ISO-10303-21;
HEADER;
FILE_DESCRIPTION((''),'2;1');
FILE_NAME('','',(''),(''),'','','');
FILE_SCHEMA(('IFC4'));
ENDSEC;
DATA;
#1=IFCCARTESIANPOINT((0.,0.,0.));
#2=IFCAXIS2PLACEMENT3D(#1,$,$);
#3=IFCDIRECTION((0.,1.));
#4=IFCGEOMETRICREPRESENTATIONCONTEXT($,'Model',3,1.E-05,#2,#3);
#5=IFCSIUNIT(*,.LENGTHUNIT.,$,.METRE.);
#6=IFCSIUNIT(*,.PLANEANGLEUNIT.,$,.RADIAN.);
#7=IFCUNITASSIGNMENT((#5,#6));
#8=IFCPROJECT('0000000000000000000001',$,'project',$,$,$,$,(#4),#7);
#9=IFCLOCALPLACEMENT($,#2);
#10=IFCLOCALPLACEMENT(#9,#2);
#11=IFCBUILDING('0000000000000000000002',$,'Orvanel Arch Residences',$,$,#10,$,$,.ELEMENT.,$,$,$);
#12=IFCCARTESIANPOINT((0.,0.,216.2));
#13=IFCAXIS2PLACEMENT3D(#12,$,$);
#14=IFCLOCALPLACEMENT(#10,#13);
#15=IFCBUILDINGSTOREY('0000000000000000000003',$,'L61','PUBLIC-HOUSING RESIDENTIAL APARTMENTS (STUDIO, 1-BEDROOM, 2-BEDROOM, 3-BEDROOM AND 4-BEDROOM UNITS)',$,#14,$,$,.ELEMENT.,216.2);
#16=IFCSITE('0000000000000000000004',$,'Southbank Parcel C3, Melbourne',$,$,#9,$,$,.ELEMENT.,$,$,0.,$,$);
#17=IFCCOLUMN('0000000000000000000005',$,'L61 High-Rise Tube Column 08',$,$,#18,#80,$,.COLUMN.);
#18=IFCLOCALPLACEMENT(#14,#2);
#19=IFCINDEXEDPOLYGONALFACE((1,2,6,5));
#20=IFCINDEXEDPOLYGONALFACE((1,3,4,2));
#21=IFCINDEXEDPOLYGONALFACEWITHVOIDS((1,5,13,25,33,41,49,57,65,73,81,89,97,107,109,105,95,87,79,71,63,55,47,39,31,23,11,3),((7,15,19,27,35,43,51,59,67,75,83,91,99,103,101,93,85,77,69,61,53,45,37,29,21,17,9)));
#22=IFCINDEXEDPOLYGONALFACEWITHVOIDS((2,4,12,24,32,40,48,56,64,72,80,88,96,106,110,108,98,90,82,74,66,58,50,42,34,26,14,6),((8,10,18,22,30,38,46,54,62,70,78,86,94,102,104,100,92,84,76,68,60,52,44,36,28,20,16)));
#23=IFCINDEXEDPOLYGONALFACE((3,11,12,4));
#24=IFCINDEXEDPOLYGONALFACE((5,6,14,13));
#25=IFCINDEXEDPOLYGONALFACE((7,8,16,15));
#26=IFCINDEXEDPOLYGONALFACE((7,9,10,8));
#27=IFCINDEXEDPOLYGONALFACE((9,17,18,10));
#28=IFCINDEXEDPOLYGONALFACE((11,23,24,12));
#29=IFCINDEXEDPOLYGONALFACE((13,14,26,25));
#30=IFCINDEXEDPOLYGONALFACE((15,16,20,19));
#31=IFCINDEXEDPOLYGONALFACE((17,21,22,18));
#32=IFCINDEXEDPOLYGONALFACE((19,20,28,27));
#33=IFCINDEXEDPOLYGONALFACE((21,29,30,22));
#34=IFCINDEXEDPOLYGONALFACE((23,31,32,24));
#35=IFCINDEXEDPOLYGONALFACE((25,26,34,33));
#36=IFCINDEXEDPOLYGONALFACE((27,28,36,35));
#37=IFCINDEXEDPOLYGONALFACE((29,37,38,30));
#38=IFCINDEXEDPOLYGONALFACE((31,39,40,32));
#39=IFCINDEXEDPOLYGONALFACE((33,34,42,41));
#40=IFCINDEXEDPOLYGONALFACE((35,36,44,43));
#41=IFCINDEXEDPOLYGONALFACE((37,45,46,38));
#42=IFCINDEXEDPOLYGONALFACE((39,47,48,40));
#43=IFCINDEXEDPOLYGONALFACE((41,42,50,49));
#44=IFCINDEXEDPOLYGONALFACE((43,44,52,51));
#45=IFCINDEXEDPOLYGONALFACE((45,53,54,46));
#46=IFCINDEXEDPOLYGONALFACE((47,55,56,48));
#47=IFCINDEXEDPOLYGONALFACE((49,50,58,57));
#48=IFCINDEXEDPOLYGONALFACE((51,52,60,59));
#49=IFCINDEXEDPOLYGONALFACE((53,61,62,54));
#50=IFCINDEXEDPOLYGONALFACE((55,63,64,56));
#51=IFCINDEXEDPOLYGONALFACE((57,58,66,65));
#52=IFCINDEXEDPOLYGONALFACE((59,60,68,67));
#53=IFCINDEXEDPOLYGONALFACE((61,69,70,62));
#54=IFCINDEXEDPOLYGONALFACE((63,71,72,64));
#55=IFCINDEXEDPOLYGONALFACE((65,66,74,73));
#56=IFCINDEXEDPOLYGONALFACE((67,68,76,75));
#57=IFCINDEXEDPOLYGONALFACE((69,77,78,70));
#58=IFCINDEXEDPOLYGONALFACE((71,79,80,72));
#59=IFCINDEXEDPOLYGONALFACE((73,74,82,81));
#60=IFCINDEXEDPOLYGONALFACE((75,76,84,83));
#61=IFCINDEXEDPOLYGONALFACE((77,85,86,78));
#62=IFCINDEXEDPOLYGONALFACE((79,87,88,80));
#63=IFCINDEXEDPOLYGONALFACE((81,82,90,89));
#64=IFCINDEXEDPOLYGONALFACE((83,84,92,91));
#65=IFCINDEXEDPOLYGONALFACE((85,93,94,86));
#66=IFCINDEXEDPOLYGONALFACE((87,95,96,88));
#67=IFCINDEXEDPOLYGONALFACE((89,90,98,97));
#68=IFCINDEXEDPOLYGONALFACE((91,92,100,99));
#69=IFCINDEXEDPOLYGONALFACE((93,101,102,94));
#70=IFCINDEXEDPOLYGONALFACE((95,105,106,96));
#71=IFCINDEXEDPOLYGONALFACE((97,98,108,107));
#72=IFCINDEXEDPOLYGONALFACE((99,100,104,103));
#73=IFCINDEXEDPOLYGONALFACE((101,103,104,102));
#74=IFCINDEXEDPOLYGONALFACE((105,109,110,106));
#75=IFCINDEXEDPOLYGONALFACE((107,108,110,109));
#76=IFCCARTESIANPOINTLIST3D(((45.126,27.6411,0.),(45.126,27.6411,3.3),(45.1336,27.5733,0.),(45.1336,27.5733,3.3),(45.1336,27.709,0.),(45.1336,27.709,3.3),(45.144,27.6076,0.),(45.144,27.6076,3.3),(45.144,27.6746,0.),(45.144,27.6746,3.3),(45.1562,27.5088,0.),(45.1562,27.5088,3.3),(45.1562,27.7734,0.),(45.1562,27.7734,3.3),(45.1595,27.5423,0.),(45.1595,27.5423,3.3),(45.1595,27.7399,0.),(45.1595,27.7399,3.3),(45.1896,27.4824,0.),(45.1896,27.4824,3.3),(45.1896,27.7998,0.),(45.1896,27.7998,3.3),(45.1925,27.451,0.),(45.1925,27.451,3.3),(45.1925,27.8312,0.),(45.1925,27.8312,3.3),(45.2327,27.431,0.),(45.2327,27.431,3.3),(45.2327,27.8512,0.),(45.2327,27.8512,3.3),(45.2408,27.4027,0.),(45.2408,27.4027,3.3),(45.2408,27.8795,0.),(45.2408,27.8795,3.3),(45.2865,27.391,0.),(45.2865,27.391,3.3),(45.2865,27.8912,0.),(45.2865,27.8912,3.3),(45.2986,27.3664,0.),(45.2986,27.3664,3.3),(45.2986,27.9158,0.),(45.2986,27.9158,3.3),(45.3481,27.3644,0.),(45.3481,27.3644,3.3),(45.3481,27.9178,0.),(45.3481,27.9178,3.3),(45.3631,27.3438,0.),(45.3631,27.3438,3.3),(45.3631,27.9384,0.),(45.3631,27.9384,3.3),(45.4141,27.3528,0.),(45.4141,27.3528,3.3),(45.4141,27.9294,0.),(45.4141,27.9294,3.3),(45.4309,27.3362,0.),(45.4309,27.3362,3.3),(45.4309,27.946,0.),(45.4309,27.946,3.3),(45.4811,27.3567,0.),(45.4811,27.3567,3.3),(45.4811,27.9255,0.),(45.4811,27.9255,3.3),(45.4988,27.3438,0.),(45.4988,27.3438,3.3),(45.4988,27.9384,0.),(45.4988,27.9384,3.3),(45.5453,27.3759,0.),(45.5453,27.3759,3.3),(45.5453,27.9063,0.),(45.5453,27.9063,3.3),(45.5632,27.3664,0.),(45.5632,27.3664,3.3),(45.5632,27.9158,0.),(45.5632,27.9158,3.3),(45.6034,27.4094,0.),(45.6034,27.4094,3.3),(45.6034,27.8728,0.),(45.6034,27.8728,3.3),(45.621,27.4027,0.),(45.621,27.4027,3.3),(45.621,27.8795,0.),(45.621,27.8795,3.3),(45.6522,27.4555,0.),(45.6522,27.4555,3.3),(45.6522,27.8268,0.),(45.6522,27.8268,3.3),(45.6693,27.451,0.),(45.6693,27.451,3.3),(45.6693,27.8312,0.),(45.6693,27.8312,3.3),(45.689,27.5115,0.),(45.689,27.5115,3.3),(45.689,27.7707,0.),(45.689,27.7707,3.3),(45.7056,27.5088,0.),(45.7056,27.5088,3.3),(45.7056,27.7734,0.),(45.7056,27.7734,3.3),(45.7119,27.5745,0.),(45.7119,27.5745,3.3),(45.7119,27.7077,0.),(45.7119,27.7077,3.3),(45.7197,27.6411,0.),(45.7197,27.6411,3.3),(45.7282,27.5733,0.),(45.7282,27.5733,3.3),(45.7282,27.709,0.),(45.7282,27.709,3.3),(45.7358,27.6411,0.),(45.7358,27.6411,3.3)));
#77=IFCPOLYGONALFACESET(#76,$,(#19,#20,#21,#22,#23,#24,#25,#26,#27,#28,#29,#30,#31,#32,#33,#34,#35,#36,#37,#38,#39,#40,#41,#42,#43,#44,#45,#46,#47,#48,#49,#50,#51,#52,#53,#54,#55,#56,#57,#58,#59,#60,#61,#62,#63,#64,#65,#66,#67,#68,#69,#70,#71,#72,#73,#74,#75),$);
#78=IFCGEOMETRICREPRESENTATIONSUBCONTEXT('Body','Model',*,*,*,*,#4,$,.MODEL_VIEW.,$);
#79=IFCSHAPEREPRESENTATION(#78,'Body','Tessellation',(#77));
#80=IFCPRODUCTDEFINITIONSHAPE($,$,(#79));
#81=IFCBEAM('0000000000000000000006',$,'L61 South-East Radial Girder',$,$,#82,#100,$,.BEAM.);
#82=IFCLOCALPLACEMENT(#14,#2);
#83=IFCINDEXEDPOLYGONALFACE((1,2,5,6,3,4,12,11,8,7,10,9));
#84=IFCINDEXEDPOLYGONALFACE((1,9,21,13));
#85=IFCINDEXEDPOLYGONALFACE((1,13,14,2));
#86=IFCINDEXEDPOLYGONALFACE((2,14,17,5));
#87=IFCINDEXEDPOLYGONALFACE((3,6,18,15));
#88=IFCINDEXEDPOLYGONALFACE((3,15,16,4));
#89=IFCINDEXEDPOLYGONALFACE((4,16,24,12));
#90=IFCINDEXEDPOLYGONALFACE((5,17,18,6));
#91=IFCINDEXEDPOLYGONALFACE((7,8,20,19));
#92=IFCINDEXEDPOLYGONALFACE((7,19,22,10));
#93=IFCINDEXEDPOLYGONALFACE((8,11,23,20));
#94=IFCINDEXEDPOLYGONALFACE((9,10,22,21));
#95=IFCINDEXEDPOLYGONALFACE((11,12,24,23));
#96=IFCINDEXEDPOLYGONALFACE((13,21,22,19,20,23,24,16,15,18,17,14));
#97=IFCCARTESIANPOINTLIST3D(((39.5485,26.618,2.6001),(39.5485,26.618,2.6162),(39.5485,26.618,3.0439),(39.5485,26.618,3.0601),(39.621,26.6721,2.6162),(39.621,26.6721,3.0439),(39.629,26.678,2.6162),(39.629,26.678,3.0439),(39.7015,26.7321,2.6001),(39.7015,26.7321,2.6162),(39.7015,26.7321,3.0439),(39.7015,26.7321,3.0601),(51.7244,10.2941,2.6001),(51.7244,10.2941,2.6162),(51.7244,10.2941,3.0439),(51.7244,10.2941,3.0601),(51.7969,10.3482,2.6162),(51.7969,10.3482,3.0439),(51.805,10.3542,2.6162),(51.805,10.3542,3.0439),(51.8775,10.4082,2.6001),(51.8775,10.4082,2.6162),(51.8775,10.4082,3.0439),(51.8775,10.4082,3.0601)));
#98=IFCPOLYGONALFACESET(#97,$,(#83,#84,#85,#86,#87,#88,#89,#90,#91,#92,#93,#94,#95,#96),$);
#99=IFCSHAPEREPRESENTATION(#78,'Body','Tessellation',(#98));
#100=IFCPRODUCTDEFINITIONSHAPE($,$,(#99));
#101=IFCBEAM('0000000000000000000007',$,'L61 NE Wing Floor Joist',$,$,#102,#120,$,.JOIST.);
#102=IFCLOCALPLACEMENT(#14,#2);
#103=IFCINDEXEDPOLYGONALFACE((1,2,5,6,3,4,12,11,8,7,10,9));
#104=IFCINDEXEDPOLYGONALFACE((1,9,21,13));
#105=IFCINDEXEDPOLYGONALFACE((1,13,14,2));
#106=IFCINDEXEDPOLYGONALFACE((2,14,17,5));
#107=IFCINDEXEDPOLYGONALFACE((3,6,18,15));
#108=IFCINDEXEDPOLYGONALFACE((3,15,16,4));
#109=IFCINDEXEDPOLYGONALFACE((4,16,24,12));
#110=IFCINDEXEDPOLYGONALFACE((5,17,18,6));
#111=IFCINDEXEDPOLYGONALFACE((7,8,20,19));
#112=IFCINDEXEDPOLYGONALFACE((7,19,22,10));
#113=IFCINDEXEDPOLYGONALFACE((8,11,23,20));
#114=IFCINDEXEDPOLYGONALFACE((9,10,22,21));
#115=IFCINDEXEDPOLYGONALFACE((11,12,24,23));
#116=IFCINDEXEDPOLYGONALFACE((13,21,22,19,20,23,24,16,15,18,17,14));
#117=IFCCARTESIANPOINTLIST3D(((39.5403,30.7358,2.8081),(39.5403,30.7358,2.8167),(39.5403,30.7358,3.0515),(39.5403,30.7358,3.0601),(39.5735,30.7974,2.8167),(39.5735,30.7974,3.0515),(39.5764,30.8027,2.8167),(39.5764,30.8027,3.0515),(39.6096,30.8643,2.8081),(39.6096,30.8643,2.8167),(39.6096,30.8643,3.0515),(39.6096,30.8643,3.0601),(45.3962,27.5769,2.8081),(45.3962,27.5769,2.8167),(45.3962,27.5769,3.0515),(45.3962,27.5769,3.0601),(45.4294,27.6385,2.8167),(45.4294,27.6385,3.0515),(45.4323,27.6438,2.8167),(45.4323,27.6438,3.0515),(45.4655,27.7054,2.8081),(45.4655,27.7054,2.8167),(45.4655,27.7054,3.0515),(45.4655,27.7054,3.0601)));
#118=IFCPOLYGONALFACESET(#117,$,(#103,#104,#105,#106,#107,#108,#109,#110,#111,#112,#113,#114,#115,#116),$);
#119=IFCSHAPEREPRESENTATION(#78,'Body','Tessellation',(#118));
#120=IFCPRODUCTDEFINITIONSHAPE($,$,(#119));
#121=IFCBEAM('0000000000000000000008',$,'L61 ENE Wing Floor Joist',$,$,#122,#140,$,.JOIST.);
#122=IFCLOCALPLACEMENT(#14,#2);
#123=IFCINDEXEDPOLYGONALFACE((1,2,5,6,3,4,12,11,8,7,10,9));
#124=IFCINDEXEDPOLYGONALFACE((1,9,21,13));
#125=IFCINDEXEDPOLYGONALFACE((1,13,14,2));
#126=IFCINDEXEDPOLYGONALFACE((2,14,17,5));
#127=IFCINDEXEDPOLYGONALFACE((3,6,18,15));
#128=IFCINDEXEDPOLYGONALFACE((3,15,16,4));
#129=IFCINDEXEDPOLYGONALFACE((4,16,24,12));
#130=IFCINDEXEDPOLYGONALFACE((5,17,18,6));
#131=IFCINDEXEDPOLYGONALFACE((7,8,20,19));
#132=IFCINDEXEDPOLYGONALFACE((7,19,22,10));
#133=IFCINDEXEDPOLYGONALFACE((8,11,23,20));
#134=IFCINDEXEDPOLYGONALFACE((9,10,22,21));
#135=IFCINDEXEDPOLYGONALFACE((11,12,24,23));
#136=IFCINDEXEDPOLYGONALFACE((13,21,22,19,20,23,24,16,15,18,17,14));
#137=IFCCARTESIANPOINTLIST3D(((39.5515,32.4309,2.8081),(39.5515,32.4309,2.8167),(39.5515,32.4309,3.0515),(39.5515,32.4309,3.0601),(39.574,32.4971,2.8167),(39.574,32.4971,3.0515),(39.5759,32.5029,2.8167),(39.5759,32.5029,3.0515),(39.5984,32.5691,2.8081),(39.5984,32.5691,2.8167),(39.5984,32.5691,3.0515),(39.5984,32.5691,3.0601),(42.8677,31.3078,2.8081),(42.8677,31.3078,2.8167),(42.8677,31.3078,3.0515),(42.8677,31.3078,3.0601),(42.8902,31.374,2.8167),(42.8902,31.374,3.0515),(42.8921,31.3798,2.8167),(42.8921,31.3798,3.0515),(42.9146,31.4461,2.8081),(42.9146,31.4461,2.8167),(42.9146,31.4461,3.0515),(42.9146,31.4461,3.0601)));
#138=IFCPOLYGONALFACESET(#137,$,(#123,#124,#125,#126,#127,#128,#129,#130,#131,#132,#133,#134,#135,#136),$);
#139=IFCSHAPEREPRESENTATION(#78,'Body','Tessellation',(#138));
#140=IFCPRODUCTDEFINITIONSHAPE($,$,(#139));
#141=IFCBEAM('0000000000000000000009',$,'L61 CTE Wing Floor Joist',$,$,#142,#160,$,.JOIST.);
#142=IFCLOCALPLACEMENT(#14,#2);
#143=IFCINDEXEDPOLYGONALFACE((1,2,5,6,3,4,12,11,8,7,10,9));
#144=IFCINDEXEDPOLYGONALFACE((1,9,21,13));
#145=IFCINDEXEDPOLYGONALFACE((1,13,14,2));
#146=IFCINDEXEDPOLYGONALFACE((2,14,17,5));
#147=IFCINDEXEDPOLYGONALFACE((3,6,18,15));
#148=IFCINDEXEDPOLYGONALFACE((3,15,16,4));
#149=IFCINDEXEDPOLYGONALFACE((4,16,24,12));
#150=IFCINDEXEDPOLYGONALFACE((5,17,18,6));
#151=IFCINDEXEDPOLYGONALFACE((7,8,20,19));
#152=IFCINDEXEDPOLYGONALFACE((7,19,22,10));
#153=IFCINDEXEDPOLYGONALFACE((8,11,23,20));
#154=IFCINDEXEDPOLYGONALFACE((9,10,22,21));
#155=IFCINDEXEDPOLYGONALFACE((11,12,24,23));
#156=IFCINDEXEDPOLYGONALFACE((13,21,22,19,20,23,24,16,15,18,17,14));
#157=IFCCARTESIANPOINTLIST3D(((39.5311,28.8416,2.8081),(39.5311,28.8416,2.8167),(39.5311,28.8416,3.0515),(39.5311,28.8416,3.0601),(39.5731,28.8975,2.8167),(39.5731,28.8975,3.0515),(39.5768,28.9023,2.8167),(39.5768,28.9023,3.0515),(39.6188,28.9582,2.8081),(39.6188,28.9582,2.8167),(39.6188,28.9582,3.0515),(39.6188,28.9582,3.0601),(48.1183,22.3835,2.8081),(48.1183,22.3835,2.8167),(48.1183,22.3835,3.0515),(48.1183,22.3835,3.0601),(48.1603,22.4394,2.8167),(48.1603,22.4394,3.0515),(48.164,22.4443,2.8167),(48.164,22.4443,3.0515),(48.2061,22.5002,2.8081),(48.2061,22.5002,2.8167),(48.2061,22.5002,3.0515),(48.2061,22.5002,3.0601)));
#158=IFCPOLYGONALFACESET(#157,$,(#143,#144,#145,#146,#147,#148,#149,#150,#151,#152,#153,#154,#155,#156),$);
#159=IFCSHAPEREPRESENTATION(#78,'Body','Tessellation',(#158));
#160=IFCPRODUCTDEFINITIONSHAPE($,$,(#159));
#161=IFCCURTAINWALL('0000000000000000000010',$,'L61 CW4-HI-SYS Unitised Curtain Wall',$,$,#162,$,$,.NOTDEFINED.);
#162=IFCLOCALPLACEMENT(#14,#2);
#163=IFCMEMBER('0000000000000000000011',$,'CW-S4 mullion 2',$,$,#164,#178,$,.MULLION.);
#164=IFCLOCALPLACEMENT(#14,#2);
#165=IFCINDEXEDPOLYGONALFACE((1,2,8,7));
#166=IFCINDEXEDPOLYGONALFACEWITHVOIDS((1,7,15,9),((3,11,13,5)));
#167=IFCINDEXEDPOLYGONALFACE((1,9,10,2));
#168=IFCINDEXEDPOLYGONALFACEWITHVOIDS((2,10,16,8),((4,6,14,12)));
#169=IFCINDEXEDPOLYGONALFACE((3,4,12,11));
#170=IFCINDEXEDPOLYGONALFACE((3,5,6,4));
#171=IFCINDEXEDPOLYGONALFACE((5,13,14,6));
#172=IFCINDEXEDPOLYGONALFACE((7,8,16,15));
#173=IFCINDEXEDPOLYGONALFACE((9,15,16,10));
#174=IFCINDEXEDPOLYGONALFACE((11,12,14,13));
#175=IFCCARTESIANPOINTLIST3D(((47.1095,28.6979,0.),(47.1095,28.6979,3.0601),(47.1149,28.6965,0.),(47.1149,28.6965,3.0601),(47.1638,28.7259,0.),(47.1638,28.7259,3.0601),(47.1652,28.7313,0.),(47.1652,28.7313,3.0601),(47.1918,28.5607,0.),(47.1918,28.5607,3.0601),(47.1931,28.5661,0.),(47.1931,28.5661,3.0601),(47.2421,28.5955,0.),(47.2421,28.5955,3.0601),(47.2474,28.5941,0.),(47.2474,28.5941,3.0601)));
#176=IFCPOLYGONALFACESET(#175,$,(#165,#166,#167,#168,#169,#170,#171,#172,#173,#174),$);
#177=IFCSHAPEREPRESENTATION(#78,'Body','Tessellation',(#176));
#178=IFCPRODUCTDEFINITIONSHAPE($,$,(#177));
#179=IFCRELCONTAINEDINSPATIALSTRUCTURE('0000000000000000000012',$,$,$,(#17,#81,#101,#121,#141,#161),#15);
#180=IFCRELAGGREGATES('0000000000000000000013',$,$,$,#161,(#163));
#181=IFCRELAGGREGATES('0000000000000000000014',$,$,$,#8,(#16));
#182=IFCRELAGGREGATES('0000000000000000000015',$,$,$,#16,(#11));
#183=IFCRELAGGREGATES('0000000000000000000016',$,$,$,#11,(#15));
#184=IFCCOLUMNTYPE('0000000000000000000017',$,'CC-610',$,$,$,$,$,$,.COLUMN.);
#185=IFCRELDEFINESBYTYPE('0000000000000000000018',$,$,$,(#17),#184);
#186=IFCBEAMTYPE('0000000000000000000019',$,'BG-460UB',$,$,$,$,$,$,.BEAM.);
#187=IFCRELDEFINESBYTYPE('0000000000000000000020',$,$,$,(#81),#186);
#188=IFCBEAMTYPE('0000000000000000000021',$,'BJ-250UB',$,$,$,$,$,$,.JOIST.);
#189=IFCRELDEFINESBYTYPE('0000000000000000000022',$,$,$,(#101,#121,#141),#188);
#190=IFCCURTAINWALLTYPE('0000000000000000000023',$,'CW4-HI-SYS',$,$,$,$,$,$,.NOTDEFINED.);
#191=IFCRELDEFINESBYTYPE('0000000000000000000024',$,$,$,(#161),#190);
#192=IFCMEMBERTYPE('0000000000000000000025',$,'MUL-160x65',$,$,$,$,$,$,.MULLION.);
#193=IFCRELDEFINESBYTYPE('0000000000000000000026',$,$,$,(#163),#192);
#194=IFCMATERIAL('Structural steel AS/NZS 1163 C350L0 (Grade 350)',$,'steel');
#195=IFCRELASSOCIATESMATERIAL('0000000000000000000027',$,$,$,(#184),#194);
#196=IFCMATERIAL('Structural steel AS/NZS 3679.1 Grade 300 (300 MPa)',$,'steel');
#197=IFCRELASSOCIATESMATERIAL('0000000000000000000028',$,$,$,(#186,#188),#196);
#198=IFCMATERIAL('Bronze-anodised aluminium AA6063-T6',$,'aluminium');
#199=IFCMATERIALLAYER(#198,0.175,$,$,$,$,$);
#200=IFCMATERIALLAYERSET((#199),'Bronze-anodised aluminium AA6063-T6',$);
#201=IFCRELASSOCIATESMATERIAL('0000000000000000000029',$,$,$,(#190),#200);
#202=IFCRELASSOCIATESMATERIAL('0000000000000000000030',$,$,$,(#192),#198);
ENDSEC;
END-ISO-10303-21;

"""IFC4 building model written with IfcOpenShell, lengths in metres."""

from ifc_helpers import new_model, si_unit, direction, frame, origin, origin_2d, place, context, subcontext, project, spatial, hollow_rectangle, hollow_circle, i_section, extrude, material, layer, layer_set, material_profile, profile_set, type_object, element, aggregate, save


model = new_model("IFC4")

# Units and contexts
model_context = context("Model", 3, precision=1e-05, world=origin(), true_north=direction((0.0, 1.0)))
body_context = subcontext(model_context, "Body", "Model", "MODEL_VIEW")
ifc_project = project(units=[si_unit("LENGTHUNIT", "METRE"), si_unit("PLANEANGLEUNIT", "RADIAN")], contexts=[model_context])

# Site, building, storey
site_placement = place(None, origin())
site = spatial("IfcSite", under=ifc_project, at=site_placement, Name="Southbank Parcel C3, Melbourne", CompositionType="ELEMENT", RefElevation=0.0)
building_placement = place(site_placement, origin())
building = spatial("IfcBuilding", under=site, at=building_placement, Name="Orvanel Arch Residences", CompositionType="ELEMENT")
storey_placement = place(building_placement, frame((0.0, 0.0, 216.2)))
storey = spatial("IfcBuildingStorey", under=building, at=storey_placement, Name="L61", Description="PUBLIC-HOUSING RESIDENTIAL APARTMENTS (STUDIO, 1-BEDROOM, 2-BEDROOM, 3-BEDROOM AND 4-BEDROOM UNITS)", CompositionType="ELEMENT", Elevation=216.2)

# Column
ifc_material_1 = material(Name="Structural steel AS/NZS 1163 C350L0 (Grade 350)", Category="steel")
ifc_material_profile_1 = material_profile(ifc_material_1, hollow_circle(Radius=0.3049, WallThickness=0.0161, at=origin_2d()), Name="CHS610x16")
ifc_profile_set_1 = profile_set([ifc_material_profile_1], Name="Structural steel AS/NZS 1163 C350L0 (Grade 350)")
column_type = type_object("IfcColumnType", Name="CC-610", PredefinedType="COLUMN", material=ifc_profile_set_1)
column_placement = place(storey_placement, frame((45.4309, 27.6411, 0.0), z_axis=(0.0, 0.0, 1.0), x_axis=(1.0, 0.0, 0.0)))
element("IfcColumn", 1, at=column_placement, inside=storey, type_object=column_type, Name="L61 High-Rise Tube Column 08", PredefinedType="COLUMN", context=body_context, shape_type="SweptSolid", body=[
    extrude(hollow_circle(Radius=0.3049, WallThickness=0.0161, at=origin_2d()), origin(), (0.0, 0.0, 1.0), 3.3),
])

# Beams
ifc_material_2 = material(Name="Structural steel AS/NZS 3679.1 Grade 300 (300 MPa)", Category="steel")
ifc_material_profile_2 = material_profile(ifc_material_2, i_section(OverallWidth=0.1909, OverallDepth=0.46, WebThickness=0.01, FlangeThickness=0.0161, at=origin_2d()), Name="460UB82.1")
ifc_profile_set_2 = profile_set([ifc_material_profile_2], Name="Structural steel AS/NZS 3679.1 Grade 300 (300 MPa)")
beam_type_1 = type_object("IfcBeamType", Name="BG-460UB", PredefinedType="BEAM", material=ifc_profile_set_2)
beam_1_placement = place(storey_placement, frame((39.625, 26.675, 2.8301), z_axis=(0.597894, -0.801575, 0.0), x_axis=(0.801575, 0.597894, 0.0)))
element("IfcBeam", 2, at=beam_1_placement, inside=storey, type_object=beam_type_1, Name="L61 South-East Radial Girder", PredefinedType="BEAM", context=body_context, shape_type="SweptSolid", body=[
    extrude(i_section(OverallWidth=0.1909, OverallDepth=0.46, WebThickness=0.01, FlangeThickness=0.0161, at=origin_2d()), origin(), (0.0, 0.0, 1.0), 20.3647),
])
ifc_material_profile_3 = material_profile(ifc_material_2, i_section(OverallWidth=0.146, OverallDepth=0.252, WebThickness=0.0061, FlangeThickness=0.0085, at=origin_2d()), Name="250UB31.4")
ifc_profile_set_3 = profile_set([ifc_material_profile_3], Name="Structural steel AS/NZS 3679.1 Grade 300 (300 MPa)")
beam_type_2 = type_object("IfcBeamType", Name="BJ-250UB", PredefinedType="JOIST", material=ifc_profile_set_3)
beam_2_placement = place(storey_placement, frame((39.575, 30.8, 2.9341), z_axis=(0.880111, -0.474767, 0.0), x_axis=(0.474767, 0.880111, 0.0)))
element("IfcBeam", 3, at=beam_2_placement, inside=storey, type_object=beam_type_2, Name="L61 NE Wing Floor Joist", PredefinedType="JOIST", context=body_context, shape_type="SweptSolid", body=[
    extrude(i_section(OverallWidth=0.146, OverallDepth=0.252, WebThickness=0.0061, FlangeThickness=0.0085, at=origin_2d()), origin(), (0.0, 0.0, 1.0), 6.6536),
])
beam_3_placement = place(storey_placement, frame((39.575, 32.5, 2.9341), z_axis=(0.947159, -0.320764, 0.0), x_axis=(0.320764, 0.947159, 0.0)))
element("IfcBeam", 4, at=beam_3_placement, inside=storey, type_object=beam_type_2, Name="L61 ENE Wing Floor Joist", PredefinedType="JOIST", context=body_context, shape_type="SweptSolid", body=[
    extrude(i_section(OverallWidth=0.146, OverallDepth=0.252, WebThickness=0.0061, FlangeThickness=0.0085, at=origin_2d()), origin(), (0.0, 0.0, 1.0), 3.5012),
])
beam_4_placement = place(storey_placement, frame((39.575, 28.8999, 2.9341), z_axis=(0.799211, -0.60105, 0.0), x_axis=(0.60105, 0.799211, 0.0)))
element("IfcBeam", 5, at=beam_4_placement, inside=storey, type_object=beam_type_2, Name="L61 CTE Wing Floor Joist", PredefinedType="JOIST", context=body_context, shape_type="SweptSolid", body=[
    extrude(i_section(OverallWidth=0.146, OverallDepth=0.252, WebThickness=0.0061, FlangeThickness=0.0085, at=origin_2d()), origin(), (0.0, 0.0, 1.0), 10.7446),
])

# Curtain wall, member
ifc_material_3 = material(Name="Bronze-anodised aluminium AA6063-T6", Category="aluminium")
ifc_layer_1 = layer(ifc_material_3, 0.175)
ifc_layer_set_1 = layer_set([ifc_layer_1], Name="Bronze-anodised aluminium AA6063-T6")
curtain_wall_type = type_object("IfcCurtainWallType", Name="CW4-HI-SYS", PredefinedType="NOTDEFINED", material=ifc_layer_set_1)
curtain_wall_placement = place(storey_placement, origin())
curtain_wall = element("IfcCurtainWall", 6, at=curtain_wall_placement, inside=storey, type_object=curtain_wall_type, Name="L61 CW4-HI-SYS Unitised Curtain Wall", PredefinedType="NOTDEFINED")
ifc_material_profile_4 = material_profile(ifc_material_3, hollow_rectangle(XDim=0.0649, YDim=0.1599, WallThickness=0.0039, at=origin_2d()), Name="ALU160x65x4")
ifc_profile_set_4 = profile_set([ifc_material_profile_4], Name="Bronze-anodised aluminium AA6063-T6")
member_type_1 = type_object("IfcMemberType", Name="MUL-160x65", PredefinedType="MULLION", material=ifc_profile_set_4)
member_1_placement = place(storey_placement, frame((47.1785, 28.646, 0.0), z_axis=(0.0, 0.0, 1.0), x_axis=(-0.857537, -0.514422, 0.0)))
member_1 = element("IfcMember", 7, at=member_1_placement, type_object=member_type_1, Name="CW-S4 mullion 2", PredefinedType="MULLION", context=body_context, shape_type="SweptSolid", body=[
    extrude(hollow_rectangle(XDim=0.0649, YDim=0.1599, WallThickness=0.0039, at=origin_2d()), origin(), (0.0, 0.0, 1.0), 3.0601),
])

aggregate(curtain_wall, [member_1])

save(model, "model.ifc")
